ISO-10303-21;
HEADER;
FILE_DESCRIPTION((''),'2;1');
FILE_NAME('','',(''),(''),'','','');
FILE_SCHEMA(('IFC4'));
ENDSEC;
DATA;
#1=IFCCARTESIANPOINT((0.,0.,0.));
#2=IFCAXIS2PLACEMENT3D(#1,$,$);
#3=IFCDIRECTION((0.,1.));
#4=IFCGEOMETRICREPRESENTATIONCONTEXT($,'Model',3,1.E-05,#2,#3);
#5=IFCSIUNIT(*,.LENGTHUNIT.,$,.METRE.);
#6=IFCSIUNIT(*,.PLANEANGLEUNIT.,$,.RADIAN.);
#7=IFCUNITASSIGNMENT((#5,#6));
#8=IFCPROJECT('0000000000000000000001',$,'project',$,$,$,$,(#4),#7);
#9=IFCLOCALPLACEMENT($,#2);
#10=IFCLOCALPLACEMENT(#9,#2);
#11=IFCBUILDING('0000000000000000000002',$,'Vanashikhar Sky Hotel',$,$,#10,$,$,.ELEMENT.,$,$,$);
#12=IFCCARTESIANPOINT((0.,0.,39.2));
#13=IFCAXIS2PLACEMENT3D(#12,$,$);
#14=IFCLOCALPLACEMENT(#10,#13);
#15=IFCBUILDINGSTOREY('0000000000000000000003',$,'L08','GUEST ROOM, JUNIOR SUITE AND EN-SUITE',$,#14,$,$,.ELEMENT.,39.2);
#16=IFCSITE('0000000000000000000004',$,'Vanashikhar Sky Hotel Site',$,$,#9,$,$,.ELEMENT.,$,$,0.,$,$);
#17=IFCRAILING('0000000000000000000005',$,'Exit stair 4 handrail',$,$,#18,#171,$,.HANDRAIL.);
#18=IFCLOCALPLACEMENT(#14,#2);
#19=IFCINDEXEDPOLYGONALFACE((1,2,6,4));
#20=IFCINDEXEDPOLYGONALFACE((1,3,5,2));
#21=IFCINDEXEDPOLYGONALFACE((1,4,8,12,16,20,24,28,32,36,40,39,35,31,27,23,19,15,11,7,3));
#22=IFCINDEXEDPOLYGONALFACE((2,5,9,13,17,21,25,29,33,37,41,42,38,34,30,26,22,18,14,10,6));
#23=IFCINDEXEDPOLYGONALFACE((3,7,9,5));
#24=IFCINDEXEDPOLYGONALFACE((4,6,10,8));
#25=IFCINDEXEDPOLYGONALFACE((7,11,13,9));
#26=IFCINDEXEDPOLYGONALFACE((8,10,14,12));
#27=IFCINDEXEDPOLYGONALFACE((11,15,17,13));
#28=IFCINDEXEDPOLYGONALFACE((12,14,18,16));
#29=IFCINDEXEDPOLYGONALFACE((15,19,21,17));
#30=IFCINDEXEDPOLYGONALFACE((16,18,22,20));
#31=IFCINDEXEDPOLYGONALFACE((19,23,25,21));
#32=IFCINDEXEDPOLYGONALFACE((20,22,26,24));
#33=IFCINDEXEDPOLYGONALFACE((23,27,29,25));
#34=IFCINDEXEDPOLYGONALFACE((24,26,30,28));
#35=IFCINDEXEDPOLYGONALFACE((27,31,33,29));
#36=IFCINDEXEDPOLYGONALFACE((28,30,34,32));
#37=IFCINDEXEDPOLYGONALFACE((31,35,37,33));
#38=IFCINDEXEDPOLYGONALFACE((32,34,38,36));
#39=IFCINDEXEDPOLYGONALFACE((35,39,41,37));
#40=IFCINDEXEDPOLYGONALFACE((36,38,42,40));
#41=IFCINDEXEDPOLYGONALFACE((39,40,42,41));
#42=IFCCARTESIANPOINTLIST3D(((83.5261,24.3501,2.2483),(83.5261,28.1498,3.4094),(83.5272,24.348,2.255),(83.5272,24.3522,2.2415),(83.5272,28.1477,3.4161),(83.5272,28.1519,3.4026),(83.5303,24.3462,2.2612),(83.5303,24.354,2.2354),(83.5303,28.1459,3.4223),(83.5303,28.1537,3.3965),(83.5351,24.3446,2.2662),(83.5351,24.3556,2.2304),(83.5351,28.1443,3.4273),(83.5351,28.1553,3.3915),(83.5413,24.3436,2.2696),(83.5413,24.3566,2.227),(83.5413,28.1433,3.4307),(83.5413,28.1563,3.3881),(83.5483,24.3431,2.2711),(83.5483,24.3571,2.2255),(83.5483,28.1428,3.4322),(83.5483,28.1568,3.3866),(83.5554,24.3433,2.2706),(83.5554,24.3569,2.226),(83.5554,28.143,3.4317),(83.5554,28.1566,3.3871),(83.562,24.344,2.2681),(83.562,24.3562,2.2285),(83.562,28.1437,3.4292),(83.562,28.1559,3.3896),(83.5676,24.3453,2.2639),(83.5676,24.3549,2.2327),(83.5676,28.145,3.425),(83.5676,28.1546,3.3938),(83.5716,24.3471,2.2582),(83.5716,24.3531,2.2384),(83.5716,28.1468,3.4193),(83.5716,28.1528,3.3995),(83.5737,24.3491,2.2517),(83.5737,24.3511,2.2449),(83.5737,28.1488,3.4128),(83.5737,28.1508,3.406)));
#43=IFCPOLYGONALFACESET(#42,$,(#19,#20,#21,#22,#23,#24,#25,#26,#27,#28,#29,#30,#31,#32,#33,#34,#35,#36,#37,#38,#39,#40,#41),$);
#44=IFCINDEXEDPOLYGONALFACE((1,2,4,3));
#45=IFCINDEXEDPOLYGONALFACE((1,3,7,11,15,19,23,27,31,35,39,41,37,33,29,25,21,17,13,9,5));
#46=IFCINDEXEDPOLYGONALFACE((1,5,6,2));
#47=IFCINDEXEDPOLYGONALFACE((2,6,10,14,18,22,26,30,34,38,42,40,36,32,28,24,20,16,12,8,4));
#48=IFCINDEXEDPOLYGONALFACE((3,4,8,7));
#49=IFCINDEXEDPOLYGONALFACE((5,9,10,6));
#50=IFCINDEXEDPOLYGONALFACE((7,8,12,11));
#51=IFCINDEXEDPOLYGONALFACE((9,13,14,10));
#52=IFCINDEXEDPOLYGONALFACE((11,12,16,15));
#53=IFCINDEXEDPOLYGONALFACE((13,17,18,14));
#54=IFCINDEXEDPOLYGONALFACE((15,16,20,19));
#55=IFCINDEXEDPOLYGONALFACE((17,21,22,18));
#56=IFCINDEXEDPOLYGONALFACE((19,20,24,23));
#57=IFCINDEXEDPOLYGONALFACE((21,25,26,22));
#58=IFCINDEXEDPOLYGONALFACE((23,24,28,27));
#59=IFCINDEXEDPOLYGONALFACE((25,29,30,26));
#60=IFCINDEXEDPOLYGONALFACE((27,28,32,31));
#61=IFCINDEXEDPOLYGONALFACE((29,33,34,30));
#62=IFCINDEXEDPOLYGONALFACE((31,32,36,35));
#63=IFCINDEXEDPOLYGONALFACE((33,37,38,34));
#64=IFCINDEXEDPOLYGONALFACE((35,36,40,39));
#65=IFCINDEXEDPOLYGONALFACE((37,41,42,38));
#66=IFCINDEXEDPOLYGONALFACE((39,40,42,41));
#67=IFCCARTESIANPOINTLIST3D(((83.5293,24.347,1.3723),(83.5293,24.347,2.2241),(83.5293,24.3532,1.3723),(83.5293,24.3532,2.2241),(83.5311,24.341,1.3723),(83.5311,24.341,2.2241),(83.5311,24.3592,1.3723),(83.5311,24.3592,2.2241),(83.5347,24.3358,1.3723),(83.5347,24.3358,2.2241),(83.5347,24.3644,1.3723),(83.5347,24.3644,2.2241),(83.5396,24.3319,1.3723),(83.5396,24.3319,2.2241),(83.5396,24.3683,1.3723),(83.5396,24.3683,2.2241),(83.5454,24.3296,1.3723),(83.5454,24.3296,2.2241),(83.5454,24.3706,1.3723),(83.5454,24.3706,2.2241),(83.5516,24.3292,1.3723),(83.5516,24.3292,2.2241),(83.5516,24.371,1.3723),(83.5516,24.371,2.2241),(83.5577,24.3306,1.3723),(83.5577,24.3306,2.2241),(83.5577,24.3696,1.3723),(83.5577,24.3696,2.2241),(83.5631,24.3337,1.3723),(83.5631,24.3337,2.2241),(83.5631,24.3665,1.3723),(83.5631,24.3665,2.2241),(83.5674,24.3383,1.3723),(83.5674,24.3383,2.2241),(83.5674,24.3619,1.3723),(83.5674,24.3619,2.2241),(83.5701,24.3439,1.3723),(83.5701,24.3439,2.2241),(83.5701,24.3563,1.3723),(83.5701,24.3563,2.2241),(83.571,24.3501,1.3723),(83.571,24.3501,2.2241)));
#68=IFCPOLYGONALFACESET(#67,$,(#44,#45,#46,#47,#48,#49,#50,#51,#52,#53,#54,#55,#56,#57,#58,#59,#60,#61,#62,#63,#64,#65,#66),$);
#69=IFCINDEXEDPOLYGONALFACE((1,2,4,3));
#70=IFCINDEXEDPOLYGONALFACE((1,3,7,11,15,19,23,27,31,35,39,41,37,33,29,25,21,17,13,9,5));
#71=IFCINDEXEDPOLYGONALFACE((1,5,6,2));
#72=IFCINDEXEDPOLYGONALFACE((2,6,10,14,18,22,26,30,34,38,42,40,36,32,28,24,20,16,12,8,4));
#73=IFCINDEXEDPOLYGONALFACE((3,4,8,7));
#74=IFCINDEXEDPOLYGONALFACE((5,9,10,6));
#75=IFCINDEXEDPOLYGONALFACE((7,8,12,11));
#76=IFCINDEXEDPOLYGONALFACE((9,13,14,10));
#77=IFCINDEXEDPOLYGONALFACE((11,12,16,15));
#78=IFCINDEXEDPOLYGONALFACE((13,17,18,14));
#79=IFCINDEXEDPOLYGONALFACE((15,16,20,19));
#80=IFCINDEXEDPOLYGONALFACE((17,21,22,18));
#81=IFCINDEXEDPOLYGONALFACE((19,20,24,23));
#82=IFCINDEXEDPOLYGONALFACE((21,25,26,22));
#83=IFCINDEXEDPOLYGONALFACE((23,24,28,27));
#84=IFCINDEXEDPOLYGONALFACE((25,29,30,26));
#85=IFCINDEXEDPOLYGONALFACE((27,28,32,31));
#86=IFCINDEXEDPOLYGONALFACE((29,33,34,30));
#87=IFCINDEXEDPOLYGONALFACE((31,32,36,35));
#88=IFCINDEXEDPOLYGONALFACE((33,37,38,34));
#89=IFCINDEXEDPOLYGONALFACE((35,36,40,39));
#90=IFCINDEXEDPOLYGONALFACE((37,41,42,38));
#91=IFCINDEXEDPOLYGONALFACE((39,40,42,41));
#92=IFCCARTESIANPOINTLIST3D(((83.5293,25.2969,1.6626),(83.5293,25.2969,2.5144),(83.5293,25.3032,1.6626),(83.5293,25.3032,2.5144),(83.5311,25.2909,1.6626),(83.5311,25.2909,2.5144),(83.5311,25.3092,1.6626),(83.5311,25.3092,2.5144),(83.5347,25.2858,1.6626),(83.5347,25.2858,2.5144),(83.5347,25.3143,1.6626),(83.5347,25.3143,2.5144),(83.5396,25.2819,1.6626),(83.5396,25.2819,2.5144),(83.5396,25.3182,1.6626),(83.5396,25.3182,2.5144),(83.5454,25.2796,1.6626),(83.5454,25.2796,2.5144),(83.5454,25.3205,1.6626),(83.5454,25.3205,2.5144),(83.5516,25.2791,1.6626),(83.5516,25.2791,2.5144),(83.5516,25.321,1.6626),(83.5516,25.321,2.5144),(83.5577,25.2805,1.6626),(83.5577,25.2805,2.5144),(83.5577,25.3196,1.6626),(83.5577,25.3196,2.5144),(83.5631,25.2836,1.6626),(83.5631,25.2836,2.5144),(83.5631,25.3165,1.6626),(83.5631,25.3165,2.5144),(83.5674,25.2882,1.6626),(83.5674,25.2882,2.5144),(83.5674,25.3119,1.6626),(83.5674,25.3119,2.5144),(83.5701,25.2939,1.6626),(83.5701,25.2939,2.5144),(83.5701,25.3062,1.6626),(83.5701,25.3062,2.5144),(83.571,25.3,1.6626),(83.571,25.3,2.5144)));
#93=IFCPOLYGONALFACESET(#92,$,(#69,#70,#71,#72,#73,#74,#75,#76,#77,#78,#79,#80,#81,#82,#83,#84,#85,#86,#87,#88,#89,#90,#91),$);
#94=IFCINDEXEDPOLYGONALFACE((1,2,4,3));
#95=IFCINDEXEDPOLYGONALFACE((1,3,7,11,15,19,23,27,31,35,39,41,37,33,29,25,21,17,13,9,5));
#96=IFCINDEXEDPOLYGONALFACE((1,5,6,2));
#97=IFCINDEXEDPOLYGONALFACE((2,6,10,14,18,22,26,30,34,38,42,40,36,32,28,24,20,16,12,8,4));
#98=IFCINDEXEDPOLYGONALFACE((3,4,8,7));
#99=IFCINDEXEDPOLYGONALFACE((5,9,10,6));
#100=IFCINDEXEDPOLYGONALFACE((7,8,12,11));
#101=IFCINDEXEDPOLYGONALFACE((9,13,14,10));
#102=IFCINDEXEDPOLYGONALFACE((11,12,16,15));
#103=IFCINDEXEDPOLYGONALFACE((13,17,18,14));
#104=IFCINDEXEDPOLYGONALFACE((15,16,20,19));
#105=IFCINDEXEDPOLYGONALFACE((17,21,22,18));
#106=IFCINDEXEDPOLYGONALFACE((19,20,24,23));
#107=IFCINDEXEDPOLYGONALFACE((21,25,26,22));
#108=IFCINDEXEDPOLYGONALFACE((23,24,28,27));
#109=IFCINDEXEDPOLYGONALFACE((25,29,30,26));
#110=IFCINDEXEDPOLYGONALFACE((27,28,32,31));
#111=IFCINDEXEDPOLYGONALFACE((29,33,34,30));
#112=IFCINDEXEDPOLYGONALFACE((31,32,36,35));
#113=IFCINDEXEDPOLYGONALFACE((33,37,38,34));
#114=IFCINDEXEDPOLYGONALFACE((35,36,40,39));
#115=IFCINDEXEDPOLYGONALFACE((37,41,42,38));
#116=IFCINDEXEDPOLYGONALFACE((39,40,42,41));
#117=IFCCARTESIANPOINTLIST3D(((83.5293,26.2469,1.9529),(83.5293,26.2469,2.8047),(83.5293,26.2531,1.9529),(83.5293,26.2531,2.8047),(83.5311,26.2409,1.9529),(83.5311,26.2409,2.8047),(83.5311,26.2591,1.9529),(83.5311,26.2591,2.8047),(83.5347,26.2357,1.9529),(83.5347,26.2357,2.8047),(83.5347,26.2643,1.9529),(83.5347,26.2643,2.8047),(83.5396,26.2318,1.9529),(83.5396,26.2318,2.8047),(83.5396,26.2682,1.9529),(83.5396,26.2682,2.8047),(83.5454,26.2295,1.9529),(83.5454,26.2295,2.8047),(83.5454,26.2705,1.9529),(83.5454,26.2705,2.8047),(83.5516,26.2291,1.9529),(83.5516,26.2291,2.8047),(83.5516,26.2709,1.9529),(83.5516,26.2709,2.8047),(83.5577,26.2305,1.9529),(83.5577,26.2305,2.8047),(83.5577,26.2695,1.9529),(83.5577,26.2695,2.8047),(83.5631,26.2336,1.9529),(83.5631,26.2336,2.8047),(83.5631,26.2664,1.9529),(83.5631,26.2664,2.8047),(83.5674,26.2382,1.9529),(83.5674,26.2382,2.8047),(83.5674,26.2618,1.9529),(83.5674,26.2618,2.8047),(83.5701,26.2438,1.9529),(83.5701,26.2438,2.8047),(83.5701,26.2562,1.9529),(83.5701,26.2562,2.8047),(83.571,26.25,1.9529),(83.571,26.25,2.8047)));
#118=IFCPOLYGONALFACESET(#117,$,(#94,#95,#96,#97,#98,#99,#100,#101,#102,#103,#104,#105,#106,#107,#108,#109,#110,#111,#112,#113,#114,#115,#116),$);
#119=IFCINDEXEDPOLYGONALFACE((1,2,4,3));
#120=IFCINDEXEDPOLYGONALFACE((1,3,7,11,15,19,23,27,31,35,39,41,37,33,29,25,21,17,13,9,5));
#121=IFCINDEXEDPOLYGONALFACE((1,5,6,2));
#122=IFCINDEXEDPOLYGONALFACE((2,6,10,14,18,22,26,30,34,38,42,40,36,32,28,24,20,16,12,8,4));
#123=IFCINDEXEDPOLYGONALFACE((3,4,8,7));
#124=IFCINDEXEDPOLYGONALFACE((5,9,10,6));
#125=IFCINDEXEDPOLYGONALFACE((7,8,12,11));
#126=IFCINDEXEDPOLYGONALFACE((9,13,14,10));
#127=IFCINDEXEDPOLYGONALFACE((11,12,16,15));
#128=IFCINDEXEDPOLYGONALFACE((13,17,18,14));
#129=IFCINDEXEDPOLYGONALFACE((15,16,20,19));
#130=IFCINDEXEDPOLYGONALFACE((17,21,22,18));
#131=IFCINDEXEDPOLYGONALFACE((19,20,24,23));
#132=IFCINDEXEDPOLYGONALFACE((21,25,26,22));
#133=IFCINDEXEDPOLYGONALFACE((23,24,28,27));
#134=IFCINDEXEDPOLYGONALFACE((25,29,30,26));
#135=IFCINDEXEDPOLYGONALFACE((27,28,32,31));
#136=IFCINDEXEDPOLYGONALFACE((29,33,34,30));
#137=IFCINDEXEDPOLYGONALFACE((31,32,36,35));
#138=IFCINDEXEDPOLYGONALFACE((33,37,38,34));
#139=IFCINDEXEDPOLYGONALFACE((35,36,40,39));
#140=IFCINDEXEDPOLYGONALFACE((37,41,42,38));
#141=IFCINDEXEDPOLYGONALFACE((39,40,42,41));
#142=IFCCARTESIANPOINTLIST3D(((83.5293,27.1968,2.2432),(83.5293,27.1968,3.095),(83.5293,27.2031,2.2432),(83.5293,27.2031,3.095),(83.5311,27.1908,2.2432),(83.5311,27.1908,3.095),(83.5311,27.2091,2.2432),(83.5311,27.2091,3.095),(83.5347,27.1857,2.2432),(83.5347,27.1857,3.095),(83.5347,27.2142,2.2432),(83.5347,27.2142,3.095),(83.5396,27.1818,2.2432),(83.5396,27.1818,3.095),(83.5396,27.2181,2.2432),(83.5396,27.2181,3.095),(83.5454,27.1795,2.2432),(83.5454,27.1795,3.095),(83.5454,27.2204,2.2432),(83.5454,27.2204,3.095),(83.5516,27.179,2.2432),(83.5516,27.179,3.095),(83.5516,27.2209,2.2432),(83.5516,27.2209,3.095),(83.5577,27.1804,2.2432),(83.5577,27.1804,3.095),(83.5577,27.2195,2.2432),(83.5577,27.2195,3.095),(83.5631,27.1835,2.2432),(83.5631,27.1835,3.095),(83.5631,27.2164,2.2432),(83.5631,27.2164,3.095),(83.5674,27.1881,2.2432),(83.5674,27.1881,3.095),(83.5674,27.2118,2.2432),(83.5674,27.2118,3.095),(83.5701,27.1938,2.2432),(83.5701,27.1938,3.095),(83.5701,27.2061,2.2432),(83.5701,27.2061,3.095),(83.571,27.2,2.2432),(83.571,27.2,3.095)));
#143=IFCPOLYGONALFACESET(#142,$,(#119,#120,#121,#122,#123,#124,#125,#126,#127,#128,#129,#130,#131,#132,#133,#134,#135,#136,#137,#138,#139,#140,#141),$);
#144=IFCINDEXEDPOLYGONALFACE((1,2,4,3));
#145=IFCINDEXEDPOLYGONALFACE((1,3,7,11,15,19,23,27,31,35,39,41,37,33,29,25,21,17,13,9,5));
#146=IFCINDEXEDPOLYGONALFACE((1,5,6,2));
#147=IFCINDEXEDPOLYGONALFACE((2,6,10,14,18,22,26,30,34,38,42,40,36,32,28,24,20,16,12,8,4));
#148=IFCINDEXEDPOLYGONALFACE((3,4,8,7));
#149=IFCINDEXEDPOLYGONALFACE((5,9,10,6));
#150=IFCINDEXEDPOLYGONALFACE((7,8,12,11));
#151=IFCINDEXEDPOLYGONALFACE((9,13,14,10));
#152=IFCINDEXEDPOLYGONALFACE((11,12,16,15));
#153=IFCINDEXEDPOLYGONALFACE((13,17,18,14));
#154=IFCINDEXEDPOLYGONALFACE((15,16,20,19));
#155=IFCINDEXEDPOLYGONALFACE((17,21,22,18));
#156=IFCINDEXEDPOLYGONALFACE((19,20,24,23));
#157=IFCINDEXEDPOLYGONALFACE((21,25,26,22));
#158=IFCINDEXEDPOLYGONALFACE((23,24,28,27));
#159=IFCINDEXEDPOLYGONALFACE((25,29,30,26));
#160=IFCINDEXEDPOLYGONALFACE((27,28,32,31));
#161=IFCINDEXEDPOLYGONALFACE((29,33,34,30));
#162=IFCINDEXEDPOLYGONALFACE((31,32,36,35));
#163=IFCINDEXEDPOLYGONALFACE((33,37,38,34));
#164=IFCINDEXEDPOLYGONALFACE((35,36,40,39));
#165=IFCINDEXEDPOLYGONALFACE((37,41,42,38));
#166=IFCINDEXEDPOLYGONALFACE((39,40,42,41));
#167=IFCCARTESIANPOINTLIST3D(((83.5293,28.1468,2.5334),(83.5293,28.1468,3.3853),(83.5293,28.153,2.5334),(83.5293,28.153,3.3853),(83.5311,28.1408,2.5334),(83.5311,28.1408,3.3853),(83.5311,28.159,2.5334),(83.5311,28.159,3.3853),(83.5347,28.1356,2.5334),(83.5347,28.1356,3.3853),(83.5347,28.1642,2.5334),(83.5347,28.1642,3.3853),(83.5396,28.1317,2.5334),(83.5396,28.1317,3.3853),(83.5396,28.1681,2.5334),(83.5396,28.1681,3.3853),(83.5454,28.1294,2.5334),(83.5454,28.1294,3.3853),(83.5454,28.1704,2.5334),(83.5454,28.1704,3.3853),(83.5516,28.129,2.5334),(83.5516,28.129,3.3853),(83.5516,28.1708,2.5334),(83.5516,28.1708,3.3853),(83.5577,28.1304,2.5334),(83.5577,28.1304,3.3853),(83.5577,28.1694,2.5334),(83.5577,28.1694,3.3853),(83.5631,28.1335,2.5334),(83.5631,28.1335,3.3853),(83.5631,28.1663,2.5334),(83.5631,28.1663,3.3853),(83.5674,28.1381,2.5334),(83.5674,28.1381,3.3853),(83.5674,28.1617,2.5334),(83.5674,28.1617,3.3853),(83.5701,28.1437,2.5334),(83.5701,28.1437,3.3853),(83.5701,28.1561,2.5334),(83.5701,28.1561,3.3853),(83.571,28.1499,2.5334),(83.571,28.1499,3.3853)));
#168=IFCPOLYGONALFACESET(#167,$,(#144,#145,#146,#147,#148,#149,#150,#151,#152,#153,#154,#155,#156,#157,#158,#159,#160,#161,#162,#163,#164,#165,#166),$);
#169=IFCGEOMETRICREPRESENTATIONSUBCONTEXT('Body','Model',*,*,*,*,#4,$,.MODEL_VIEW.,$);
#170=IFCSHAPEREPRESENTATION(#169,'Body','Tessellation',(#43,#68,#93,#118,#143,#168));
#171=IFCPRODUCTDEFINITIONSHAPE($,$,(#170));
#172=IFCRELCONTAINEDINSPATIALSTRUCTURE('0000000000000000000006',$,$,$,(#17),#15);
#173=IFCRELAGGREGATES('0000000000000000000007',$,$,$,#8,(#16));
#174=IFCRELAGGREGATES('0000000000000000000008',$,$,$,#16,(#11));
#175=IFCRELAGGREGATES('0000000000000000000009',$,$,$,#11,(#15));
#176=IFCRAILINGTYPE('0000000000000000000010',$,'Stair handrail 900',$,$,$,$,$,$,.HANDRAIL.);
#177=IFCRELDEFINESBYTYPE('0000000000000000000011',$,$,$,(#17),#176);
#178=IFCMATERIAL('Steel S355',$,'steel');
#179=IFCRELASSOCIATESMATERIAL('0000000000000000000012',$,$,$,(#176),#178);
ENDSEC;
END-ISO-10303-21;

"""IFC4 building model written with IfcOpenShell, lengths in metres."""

from ifc_helpers import new_model, si_unit, direction, frame, origin, origin_2d, place, context, subcontext, project, spatial, circle, extrude, source, transform, mapped, material, type_object, element, save


model = new_model("IFC4")

# Units and contexts
model_context = context("Model", 3, precision=1e-05, world=origin(), true_north=direction((0.0, 1.0)))
body_context = subcontext(model_context, "Body", "Model", "MODEL_VIEW")
ifc_project = project(units=[si_unit("LENGTHUNIT", "METRE"), si_unit("PLANEANGLEUNIT", "RADIAN")], contexts=[model_context])

# Site, building, storey
site_placement = place(None, origin())
site = spatial("IfcSite", under=ifc_project, at=site_placement, Name="Vanashikhar Sky Hotel Site", CompositionType="ELEMENT", RefElevation=0.0)
building_placement = place(site_placement, origin())
building = spatial("IfcBuilding", under=site, at=building_placement, Name="Vanashikhar Sky Hotel", CompositionType="ELEMENT")
storey_placement = place(building_placement, frame((0.0, 0.0, 39.2)))
storey = spatial("IfcBuildingStorey", under=building, at=storey_placement, Name="L08", Description="GUEST ROOM, JUNIOR SUITE AND EN-SUITE", CompositionType="ELEMENT", Elevation=39.2)

# Railing
ifc_material_1 = material(Name="Steel S355", Category="steel")
railing_type_1 = type_object("IfcRailingType", Name="Stair handrail 900", PredefinedType="HANDRAIL", material=ifc_material_1)
shared_shape_1 = source(origin(), body_context, "Body", "SweptSolid", [
    extrude(circle(Radius=0.0239, at=origin_2d()), frame((0.0, 0.0, 0.876), z_axis=(0.0, 0.956346, 0.292237), x_axis=(-1.0, 0.0, 0.0)), (0.0, 0.0, 1.0), 3.9731),
    extrude(circle(Radius=0.021, at=origin_2d()), origin(), (0.0, 0.0, 1.0), 0.8518),
    extrude(circle(Radius=0.021, at=origin_2d()), frame((0.0, 0.95, 0.2903)), (0.0, 0.0, 1.0), 0.8518),
    extrude(circle(Radius=0.021, at=origin_2d()), frame((0.0, 1.8999, 0.5806)), (0.0, 0.0, 1.0), 0.8518),
    extrude(circle(Radius=0.021, at=origin_2d()), frame((0.0, 2.8499, 0.8708)), (0.0, 0.0, 1.0), 0.8518),
    extrude(circle(Radius=0.021, at=origin_2d()), frame((0.0, 3.7998, 1.1611)), (0.0, 0.0, 1.0), 0.8518),
])
railing_1_placement = place(storey_placement, frame((83.55, 24.3501, 1.3723)))
element("IfcRailing", 1, at=railing_1_placement, inside=storey, type_object=railing_type_1, Name="Exit stair 4 handrail", PredefinedType="HANDRAIL", context=body_context, shape_type="MappedRepresentation", body=[
    mapped(shared_shape_1, transform((0.0, 0.0, 0.0), scale=1.0)),
])

save(model, "model.ifc")
